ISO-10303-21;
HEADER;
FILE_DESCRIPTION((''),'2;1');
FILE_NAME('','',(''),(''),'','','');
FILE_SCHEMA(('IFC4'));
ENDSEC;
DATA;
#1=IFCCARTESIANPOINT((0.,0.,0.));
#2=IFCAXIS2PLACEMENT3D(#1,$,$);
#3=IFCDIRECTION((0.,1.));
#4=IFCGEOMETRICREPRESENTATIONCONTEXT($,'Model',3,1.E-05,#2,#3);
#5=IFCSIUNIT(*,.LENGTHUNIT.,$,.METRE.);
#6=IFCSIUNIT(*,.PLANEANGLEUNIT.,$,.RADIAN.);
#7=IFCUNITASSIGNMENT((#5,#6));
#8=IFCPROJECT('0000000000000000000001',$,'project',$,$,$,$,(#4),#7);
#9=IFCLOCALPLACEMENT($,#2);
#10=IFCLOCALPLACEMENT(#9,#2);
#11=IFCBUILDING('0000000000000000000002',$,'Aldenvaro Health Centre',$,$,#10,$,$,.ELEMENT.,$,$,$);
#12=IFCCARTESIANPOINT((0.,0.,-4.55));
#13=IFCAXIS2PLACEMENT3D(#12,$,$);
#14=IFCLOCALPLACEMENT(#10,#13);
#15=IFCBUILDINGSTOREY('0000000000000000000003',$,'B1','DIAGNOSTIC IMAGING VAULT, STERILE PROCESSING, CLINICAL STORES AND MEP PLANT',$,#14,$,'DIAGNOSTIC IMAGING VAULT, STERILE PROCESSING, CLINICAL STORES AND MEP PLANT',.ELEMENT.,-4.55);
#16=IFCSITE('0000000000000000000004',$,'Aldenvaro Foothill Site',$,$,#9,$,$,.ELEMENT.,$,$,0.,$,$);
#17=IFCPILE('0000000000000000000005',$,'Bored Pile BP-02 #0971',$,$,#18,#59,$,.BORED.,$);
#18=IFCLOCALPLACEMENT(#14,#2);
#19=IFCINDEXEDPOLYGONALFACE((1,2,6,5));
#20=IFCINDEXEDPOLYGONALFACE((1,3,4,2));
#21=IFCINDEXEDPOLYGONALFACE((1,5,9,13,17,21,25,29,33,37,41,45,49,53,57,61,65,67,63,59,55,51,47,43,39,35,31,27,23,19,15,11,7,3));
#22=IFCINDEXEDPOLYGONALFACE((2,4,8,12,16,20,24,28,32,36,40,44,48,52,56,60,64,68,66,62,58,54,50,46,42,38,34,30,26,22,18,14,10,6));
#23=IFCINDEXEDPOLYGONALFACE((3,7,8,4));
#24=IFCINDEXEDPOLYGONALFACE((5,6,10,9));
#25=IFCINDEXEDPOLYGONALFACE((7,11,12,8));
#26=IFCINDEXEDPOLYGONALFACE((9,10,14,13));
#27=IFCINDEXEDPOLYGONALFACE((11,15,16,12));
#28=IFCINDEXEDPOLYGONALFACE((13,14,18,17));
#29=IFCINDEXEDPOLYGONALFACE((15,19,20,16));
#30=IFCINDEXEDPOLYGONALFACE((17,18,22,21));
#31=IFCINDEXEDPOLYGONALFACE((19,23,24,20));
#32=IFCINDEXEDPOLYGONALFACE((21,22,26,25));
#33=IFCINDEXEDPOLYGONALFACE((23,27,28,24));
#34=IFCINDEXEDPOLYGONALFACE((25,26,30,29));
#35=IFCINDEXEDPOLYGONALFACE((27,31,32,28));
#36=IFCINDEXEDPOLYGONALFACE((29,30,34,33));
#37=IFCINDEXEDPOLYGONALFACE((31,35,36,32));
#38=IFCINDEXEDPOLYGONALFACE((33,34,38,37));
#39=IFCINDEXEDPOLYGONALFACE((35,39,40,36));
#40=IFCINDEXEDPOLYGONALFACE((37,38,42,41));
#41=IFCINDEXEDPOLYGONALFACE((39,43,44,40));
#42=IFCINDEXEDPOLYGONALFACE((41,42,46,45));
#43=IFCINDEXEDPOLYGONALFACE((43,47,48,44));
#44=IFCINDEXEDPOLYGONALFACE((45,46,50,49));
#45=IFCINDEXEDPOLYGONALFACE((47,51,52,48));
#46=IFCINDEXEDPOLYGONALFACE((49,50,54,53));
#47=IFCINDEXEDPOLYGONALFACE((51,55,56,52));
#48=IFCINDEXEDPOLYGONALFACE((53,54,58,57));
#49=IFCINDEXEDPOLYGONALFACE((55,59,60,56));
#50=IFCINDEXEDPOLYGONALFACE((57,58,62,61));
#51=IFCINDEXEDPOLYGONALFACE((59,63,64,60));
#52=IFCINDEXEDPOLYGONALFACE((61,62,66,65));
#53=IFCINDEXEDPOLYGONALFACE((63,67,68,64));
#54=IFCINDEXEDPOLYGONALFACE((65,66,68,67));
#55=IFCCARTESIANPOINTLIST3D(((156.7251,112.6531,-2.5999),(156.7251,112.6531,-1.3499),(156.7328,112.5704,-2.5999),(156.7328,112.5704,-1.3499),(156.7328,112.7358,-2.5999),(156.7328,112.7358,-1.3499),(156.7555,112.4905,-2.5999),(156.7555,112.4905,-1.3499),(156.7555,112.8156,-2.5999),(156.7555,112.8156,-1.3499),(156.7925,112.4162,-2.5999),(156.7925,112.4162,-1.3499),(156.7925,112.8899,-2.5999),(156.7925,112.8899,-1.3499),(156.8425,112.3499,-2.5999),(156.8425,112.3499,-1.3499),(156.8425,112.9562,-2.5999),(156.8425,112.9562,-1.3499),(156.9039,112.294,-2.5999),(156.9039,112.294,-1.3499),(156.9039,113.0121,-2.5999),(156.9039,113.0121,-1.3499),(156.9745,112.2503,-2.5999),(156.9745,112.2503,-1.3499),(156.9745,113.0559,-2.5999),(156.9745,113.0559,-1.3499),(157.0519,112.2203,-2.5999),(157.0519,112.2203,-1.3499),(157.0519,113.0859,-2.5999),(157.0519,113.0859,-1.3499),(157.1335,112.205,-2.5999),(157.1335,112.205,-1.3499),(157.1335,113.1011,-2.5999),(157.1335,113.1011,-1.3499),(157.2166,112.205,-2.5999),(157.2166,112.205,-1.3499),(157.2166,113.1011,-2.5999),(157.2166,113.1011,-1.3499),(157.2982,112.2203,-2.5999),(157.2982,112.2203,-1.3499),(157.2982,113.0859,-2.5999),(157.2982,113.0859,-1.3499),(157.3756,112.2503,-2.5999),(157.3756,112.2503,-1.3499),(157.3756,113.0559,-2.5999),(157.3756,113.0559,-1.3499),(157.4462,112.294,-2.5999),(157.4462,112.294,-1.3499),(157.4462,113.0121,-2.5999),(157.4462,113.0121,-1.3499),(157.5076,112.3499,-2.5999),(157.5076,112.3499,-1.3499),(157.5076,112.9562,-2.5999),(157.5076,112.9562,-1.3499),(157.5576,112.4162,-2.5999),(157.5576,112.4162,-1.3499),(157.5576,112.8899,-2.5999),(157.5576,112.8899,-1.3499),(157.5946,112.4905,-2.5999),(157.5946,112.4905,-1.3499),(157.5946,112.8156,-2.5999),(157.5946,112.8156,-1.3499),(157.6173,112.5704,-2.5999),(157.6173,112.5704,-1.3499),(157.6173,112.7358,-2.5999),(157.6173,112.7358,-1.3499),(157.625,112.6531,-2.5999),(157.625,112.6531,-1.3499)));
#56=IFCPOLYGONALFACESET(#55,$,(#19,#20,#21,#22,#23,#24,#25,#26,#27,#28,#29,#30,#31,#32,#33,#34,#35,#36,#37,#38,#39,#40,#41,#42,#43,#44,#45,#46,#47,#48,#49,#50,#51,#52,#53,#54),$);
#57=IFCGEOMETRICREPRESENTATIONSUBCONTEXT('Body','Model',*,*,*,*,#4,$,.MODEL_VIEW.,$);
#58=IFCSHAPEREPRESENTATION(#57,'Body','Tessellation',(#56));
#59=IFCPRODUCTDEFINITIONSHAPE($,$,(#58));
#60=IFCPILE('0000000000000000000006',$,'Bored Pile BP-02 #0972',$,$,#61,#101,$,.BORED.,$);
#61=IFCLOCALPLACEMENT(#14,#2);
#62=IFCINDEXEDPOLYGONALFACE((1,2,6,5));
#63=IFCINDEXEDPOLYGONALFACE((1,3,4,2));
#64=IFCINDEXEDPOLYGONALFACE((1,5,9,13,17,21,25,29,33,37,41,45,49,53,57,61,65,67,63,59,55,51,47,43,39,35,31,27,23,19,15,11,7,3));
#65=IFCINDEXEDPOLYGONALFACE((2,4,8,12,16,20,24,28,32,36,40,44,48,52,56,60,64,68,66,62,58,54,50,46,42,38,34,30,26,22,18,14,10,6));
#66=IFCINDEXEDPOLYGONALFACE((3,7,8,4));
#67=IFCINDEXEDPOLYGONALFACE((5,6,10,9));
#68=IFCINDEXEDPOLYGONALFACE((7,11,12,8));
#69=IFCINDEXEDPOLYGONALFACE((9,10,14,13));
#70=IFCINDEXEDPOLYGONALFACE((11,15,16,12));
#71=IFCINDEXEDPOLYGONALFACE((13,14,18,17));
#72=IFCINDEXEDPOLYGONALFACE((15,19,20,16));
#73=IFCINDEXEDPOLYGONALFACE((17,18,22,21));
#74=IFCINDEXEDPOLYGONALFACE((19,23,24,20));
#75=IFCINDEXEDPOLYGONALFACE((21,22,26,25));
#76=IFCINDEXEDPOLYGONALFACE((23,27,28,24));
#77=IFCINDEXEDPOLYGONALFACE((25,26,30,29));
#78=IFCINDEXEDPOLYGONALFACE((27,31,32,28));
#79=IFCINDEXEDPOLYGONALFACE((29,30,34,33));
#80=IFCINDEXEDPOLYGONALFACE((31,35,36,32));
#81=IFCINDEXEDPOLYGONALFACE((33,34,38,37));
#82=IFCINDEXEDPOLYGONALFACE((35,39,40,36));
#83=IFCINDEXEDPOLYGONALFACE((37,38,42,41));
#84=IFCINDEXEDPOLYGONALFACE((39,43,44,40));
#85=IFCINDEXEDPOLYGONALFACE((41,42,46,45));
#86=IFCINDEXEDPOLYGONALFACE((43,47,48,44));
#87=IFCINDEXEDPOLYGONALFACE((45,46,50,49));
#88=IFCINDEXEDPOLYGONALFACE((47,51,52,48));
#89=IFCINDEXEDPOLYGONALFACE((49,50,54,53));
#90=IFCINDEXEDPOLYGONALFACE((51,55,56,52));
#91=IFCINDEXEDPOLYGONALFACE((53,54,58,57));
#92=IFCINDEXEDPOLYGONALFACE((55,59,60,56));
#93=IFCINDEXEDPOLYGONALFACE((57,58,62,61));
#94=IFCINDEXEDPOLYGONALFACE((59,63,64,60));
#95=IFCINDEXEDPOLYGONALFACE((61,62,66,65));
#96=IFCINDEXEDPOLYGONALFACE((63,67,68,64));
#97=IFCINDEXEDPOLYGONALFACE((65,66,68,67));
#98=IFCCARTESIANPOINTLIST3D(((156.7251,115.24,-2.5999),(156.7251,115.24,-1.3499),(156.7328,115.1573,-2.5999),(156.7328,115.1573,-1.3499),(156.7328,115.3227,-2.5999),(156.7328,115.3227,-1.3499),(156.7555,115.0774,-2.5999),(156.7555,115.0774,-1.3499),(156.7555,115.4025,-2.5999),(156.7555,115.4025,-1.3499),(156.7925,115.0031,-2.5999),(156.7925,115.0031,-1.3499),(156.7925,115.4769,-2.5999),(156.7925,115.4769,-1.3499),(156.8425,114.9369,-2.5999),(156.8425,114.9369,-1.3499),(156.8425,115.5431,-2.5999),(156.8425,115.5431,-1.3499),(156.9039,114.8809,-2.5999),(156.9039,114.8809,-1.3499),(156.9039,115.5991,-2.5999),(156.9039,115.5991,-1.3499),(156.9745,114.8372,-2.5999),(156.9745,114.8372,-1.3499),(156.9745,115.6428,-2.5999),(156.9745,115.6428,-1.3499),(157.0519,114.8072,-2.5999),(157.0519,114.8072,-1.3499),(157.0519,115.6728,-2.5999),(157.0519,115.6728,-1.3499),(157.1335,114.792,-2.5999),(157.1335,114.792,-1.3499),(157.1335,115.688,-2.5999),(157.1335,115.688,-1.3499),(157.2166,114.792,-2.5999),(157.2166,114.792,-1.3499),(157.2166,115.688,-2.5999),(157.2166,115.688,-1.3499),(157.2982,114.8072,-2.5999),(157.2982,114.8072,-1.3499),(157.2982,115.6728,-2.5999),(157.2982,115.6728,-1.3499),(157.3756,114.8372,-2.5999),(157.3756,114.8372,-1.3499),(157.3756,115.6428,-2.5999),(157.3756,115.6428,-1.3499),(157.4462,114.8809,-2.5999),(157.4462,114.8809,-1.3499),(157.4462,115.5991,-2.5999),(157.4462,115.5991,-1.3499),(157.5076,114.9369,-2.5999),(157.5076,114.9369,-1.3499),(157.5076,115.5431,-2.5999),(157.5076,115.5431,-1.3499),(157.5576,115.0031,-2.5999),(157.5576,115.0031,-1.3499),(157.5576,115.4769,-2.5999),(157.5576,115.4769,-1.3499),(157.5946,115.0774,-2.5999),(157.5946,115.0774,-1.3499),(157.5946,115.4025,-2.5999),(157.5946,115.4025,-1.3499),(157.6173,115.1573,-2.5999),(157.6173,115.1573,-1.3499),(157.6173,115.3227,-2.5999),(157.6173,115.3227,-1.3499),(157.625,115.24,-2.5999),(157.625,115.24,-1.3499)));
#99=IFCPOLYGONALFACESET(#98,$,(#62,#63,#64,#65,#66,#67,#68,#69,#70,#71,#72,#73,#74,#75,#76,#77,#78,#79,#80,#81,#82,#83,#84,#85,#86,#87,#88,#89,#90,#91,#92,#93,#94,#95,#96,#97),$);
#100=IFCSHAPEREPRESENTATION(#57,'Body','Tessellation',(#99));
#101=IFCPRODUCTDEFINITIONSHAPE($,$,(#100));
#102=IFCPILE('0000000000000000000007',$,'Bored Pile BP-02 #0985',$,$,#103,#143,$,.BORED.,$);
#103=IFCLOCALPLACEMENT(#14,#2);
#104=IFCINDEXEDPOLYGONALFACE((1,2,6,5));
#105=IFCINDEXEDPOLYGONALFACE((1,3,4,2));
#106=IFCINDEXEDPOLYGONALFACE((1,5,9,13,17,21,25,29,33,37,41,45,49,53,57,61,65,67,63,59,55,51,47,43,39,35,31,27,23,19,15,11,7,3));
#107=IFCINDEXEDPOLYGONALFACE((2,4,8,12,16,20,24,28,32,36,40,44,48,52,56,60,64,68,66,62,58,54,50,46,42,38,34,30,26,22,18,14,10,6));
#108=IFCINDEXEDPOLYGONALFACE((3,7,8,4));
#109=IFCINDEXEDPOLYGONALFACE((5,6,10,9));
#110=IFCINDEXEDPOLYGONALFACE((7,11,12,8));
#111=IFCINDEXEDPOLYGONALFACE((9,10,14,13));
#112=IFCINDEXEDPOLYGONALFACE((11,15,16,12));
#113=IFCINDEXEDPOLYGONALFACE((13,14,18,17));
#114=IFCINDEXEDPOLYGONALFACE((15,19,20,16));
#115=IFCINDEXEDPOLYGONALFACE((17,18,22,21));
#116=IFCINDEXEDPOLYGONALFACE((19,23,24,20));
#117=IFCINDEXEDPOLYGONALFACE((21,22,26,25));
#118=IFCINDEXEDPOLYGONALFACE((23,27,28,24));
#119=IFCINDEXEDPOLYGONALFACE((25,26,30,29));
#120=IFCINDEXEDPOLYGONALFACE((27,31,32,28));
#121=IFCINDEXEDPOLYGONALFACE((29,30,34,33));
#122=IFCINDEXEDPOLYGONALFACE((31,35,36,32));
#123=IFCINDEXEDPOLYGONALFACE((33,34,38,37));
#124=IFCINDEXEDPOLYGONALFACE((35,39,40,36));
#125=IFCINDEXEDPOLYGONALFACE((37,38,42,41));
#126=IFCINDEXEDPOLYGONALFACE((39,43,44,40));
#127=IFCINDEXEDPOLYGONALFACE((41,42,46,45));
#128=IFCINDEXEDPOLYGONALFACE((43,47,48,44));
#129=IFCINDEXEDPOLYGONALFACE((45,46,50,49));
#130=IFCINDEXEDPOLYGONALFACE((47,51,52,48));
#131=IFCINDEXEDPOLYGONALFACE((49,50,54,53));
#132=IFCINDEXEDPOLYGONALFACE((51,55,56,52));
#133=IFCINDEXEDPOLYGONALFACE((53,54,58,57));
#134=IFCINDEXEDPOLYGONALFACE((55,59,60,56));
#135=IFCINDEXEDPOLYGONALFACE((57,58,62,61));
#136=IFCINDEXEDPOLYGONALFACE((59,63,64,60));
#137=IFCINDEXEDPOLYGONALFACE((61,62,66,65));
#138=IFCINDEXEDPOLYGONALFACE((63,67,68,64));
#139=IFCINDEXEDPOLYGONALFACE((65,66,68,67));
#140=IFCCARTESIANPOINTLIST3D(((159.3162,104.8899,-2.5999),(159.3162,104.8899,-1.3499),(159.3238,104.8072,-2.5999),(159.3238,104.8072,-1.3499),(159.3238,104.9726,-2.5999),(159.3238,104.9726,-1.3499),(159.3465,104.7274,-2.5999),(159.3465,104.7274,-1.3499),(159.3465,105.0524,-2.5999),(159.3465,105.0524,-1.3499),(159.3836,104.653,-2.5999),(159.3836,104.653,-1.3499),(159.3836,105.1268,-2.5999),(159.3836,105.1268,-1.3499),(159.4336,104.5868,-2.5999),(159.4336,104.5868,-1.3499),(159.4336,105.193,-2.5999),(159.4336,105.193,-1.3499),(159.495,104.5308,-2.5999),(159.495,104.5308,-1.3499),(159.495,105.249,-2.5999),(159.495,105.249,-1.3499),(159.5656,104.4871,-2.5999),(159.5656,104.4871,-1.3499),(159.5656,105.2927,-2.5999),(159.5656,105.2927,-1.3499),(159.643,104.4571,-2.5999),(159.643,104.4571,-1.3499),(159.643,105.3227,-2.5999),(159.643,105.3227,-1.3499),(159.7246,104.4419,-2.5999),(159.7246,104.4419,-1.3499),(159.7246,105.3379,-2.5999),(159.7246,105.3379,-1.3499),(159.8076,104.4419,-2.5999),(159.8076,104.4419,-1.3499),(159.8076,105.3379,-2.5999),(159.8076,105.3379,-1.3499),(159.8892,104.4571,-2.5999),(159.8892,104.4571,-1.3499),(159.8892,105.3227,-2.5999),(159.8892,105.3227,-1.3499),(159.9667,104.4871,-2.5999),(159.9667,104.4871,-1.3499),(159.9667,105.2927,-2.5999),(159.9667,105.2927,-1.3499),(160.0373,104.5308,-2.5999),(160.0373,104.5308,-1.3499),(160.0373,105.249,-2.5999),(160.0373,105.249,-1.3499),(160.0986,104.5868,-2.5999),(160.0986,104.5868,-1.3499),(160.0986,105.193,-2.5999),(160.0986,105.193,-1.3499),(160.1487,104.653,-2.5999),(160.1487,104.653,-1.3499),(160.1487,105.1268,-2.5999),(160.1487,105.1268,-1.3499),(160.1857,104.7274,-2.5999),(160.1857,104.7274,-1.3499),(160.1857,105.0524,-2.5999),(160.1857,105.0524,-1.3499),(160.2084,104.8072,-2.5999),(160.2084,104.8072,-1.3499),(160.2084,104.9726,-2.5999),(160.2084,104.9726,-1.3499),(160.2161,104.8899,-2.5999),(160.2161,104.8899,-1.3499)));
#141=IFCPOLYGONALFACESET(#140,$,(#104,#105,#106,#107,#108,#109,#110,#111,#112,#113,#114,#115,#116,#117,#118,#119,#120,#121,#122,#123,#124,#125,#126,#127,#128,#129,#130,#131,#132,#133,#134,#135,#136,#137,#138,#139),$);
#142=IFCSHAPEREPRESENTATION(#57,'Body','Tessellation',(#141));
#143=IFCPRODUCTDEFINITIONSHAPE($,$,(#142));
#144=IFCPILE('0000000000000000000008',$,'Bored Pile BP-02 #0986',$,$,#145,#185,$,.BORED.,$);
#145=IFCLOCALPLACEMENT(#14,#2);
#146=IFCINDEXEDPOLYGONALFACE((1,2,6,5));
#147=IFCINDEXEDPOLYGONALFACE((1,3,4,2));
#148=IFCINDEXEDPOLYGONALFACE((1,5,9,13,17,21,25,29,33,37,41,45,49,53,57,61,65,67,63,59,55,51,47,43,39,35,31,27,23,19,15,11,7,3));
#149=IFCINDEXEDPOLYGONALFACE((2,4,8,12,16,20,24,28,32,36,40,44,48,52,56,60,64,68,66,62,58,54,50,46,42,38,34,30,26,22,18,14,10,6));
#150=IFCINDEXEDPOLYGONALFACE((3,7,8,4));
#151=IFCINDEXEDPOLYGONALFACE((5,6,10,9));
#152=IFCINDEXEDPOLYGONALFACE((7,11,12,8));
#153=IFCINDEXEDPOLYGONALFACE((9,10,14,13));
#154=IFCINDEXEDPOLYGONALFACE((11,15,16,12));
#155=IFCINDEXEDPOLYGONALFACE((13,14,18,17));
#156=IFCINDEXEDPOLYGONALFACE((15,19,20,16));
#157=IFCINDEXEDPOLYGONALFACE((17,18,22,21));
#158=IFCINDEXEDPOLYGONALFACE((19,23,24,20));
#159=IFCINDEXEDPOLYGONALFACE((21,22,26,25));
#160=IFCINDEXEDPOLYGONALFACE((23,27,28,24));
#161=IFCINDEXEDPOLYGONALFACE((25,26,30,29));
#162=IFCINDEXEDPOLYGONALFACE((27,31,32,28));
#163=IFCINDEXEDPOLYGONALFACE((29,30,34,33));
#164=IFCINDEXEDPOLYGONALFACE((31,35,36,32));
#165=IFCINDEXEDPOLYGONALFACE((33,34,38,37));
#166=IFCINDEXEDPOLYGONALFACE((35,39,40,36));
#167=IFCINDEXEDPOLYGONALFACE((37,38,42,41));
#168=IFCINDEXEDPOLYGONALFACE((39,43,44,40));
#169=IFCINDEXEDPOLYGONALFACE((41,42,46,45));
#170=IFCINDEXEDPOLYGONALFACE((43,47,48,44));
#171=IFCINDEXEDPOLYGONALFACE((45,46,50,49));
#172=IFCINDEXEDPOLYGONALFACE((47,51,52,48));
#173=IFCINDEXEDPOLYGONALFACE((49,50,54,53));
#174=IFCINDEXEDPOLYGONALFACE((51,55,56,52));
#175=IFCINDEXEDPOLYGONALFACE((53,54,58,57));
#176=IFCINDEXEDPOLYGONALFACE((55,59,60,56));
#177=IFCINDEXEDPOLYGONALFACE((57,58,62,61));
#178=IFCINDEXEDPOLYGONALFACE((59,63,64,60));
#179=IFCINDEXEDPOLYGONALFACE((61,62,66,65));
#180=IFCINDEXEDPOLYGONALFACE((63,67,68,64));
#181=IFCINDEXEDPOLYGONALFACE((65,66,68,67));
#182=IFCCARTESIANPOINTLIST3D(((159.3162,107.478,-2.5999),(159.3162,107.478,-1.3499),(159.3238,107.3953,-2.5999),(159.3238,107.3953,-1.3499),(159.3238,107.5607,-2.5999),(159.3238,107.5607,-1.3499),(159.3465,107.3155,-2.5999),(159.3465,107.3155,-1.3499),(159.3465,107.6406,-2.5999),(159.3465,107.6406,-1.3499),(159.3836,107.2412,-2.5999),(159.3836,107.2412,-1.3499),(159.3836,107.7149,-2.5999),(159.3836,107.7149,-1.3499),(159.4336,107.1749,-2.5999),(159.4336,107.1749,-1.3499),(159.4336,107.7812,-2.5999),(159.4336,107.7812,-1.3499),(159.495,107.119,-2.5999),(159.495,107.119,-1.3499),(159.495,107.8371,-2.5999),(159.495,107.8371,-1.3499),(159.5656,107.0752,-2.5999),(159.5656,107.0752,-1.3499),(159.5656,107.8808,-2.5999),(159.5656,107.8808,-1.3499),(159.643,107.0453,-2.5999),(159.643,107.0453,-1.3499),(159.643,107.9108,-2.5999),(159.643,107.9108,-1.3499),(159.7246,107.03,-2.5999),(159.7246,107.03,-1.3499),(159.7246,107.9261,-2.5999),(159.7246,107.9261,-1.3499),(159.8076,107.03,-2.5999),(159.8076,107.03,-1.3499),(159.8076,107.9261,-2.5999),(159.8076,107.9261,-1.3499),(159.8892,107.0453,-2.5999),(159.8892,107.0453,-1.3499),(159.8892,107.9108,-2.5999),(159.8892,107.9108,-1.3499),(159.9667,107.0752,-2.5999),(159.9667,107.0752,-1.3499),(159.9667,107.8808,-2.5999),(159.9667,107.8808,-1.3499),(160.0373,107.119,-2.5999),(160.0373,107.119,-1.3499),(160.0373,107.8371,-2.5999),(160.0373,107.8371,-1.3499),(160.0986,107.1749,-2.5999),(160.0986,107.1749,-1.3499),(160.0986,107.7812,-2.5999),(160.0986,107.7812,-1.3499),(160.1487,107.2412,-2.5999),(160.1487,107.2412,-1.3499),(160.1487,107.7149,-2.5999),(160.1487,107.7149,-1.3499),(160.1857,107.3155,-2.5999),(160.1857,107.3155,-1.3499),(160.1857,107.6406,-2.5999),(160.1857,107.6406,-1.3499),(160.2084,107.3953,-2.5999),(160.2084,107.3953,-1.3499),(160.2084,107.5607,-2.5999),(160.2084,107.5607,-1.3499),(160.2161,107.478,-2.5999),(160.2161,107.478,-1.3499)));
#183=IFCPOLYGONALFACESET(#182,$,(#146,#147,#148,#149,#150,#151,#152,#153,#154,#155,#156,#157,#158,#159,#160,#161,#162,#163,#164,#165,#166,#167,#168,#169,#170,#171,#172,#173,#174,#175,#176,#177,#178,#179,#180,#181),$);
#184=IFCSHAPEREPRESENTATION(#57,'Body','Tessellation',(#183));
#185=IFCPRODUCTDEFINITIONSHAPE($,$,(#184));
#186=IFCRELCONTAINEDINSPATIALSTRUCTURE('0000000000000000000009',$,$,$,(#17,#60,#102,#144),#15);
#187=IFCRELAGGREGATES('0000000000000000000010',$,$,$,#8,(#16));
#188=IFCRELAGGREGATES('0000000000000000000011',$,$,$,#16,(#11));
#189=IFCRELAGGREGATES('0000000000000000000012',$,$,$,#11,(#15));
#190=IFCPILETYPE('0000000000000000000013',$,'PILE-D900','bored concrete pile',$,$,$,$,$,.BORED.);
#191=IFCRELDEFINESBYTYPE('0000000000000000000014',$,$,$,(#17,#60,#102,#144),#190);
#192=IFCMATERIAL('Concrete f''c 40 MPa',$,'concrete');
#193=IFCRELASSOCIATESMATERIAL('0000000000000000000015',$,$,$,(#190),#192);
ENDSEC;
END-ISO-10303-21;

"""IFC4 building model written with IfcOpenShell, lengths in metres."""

from ifc_helpers import new_model, si_unit, direction, frame, origin, origin_2d, place, context, subcontext, project, spatial, circle, extrude, material, material_profile, profile_set, type_object, element, save


model = new_model("IFC4")

# Units and contexts
model_context = context("Model", 3, precision=1e-05, world=origin(), true_north=direction((0.0, 1.0)))
body_context = subcontext(model_context, "Body", "Model", "MODEL_VIEW")
ifc_project = project(units=[si_unit("LENGTHUNIT", "METRE"), si_unit("PLANEANGLEUNIT", "RADIAN")], contexts=[model_context])

# Site, building, storey
site_placement = place(None, origin())
site = spatial("IfcSite", under=ifc_project, at=site_placement, Name="Aldenvaro Foothill Site", CompositionType="ELEMENT", RefElevation=0.0)
building_placement = place(site_placement, origin())
building = spatial("IfcBuilding", under=site, at=building_placement, Name="Aldenvaro Health Centre", CompositionType="ELEMENT")
storey_placement = place(building_placement, frame((0.0, 0.0, -4.55)))
storey = spatial("IfcBuildingStorey", under=building, at=storey_placement, Name="B1", Description="DIAGNOSTIC IMAGING VAULT, STERILE PROCESSING, CLINICAL STORES AND MEP PLANT", LongName="DIAGNOSTIC IMAGING VAULT, STERILE PROCESSING, CLINICAL STORES AND MEP PLANT", CompositionType="ELEMENT", Elevation=-4.55)

# Piles
ifc_material_1 = material(Name="Concrete f'c 40 MPa", Category="concrete")
ifc_material_profile_1 = material_profile(ifc_material_1, circle(Radius=0.45, at=origin_2d()), Name="PILE D900", Category="concrete")
ifc_profile_set_1 = profile_set([ifc_material_profile_1], Name="Concrete f'c 40 MPa")
pile_type = type_object("IfcPileType", Name="PILE-D900", Description="bored concrete pile", PredefinedType="BORED", material=ifc_profile_set_1)
for number, where, z_axis, x_axis, name in (
    (1, (157.175, 112.6531, -1.3499), (0.0, 0.0, -1.0), (1.0, 0.0, 0.0), "Bored Pile BP-02 #0971"),
    (2, (157.175, 115.24, -1.3499), (0.0, 0.0, -1.0), (1.0, 0.0, 0.0), "Bored Pile BP-02 #0972"),
    (3, (159.7661, 104.8899, -1.3499), (0.0, 0.0, -1.0), (1.0, 0.0, 0.0), "Bored Pile BP-02 #0985"),
    (4, (159.7661, 107.478, -1.3499), (0.0, 0.0, -1.0), (1.0, 0.0, 0.0), "Bored Pile BP-02 #0986"),
):
    element("IfcPile", number, at=place(storey_placement, frame(where, z_axis=z_axis, x_axis=x_axis)), inside=storey, type_object=pile_type, Name=name, PredefinedType="BORED", context=body_context, shape_type="SweptSolid", body=[
        extrude(circle(Radius=0.45, at=origin_2d()), origin(), (0.0, 0.0, 1.0), 1.25),
    ])

save(model, "model.ifc")
